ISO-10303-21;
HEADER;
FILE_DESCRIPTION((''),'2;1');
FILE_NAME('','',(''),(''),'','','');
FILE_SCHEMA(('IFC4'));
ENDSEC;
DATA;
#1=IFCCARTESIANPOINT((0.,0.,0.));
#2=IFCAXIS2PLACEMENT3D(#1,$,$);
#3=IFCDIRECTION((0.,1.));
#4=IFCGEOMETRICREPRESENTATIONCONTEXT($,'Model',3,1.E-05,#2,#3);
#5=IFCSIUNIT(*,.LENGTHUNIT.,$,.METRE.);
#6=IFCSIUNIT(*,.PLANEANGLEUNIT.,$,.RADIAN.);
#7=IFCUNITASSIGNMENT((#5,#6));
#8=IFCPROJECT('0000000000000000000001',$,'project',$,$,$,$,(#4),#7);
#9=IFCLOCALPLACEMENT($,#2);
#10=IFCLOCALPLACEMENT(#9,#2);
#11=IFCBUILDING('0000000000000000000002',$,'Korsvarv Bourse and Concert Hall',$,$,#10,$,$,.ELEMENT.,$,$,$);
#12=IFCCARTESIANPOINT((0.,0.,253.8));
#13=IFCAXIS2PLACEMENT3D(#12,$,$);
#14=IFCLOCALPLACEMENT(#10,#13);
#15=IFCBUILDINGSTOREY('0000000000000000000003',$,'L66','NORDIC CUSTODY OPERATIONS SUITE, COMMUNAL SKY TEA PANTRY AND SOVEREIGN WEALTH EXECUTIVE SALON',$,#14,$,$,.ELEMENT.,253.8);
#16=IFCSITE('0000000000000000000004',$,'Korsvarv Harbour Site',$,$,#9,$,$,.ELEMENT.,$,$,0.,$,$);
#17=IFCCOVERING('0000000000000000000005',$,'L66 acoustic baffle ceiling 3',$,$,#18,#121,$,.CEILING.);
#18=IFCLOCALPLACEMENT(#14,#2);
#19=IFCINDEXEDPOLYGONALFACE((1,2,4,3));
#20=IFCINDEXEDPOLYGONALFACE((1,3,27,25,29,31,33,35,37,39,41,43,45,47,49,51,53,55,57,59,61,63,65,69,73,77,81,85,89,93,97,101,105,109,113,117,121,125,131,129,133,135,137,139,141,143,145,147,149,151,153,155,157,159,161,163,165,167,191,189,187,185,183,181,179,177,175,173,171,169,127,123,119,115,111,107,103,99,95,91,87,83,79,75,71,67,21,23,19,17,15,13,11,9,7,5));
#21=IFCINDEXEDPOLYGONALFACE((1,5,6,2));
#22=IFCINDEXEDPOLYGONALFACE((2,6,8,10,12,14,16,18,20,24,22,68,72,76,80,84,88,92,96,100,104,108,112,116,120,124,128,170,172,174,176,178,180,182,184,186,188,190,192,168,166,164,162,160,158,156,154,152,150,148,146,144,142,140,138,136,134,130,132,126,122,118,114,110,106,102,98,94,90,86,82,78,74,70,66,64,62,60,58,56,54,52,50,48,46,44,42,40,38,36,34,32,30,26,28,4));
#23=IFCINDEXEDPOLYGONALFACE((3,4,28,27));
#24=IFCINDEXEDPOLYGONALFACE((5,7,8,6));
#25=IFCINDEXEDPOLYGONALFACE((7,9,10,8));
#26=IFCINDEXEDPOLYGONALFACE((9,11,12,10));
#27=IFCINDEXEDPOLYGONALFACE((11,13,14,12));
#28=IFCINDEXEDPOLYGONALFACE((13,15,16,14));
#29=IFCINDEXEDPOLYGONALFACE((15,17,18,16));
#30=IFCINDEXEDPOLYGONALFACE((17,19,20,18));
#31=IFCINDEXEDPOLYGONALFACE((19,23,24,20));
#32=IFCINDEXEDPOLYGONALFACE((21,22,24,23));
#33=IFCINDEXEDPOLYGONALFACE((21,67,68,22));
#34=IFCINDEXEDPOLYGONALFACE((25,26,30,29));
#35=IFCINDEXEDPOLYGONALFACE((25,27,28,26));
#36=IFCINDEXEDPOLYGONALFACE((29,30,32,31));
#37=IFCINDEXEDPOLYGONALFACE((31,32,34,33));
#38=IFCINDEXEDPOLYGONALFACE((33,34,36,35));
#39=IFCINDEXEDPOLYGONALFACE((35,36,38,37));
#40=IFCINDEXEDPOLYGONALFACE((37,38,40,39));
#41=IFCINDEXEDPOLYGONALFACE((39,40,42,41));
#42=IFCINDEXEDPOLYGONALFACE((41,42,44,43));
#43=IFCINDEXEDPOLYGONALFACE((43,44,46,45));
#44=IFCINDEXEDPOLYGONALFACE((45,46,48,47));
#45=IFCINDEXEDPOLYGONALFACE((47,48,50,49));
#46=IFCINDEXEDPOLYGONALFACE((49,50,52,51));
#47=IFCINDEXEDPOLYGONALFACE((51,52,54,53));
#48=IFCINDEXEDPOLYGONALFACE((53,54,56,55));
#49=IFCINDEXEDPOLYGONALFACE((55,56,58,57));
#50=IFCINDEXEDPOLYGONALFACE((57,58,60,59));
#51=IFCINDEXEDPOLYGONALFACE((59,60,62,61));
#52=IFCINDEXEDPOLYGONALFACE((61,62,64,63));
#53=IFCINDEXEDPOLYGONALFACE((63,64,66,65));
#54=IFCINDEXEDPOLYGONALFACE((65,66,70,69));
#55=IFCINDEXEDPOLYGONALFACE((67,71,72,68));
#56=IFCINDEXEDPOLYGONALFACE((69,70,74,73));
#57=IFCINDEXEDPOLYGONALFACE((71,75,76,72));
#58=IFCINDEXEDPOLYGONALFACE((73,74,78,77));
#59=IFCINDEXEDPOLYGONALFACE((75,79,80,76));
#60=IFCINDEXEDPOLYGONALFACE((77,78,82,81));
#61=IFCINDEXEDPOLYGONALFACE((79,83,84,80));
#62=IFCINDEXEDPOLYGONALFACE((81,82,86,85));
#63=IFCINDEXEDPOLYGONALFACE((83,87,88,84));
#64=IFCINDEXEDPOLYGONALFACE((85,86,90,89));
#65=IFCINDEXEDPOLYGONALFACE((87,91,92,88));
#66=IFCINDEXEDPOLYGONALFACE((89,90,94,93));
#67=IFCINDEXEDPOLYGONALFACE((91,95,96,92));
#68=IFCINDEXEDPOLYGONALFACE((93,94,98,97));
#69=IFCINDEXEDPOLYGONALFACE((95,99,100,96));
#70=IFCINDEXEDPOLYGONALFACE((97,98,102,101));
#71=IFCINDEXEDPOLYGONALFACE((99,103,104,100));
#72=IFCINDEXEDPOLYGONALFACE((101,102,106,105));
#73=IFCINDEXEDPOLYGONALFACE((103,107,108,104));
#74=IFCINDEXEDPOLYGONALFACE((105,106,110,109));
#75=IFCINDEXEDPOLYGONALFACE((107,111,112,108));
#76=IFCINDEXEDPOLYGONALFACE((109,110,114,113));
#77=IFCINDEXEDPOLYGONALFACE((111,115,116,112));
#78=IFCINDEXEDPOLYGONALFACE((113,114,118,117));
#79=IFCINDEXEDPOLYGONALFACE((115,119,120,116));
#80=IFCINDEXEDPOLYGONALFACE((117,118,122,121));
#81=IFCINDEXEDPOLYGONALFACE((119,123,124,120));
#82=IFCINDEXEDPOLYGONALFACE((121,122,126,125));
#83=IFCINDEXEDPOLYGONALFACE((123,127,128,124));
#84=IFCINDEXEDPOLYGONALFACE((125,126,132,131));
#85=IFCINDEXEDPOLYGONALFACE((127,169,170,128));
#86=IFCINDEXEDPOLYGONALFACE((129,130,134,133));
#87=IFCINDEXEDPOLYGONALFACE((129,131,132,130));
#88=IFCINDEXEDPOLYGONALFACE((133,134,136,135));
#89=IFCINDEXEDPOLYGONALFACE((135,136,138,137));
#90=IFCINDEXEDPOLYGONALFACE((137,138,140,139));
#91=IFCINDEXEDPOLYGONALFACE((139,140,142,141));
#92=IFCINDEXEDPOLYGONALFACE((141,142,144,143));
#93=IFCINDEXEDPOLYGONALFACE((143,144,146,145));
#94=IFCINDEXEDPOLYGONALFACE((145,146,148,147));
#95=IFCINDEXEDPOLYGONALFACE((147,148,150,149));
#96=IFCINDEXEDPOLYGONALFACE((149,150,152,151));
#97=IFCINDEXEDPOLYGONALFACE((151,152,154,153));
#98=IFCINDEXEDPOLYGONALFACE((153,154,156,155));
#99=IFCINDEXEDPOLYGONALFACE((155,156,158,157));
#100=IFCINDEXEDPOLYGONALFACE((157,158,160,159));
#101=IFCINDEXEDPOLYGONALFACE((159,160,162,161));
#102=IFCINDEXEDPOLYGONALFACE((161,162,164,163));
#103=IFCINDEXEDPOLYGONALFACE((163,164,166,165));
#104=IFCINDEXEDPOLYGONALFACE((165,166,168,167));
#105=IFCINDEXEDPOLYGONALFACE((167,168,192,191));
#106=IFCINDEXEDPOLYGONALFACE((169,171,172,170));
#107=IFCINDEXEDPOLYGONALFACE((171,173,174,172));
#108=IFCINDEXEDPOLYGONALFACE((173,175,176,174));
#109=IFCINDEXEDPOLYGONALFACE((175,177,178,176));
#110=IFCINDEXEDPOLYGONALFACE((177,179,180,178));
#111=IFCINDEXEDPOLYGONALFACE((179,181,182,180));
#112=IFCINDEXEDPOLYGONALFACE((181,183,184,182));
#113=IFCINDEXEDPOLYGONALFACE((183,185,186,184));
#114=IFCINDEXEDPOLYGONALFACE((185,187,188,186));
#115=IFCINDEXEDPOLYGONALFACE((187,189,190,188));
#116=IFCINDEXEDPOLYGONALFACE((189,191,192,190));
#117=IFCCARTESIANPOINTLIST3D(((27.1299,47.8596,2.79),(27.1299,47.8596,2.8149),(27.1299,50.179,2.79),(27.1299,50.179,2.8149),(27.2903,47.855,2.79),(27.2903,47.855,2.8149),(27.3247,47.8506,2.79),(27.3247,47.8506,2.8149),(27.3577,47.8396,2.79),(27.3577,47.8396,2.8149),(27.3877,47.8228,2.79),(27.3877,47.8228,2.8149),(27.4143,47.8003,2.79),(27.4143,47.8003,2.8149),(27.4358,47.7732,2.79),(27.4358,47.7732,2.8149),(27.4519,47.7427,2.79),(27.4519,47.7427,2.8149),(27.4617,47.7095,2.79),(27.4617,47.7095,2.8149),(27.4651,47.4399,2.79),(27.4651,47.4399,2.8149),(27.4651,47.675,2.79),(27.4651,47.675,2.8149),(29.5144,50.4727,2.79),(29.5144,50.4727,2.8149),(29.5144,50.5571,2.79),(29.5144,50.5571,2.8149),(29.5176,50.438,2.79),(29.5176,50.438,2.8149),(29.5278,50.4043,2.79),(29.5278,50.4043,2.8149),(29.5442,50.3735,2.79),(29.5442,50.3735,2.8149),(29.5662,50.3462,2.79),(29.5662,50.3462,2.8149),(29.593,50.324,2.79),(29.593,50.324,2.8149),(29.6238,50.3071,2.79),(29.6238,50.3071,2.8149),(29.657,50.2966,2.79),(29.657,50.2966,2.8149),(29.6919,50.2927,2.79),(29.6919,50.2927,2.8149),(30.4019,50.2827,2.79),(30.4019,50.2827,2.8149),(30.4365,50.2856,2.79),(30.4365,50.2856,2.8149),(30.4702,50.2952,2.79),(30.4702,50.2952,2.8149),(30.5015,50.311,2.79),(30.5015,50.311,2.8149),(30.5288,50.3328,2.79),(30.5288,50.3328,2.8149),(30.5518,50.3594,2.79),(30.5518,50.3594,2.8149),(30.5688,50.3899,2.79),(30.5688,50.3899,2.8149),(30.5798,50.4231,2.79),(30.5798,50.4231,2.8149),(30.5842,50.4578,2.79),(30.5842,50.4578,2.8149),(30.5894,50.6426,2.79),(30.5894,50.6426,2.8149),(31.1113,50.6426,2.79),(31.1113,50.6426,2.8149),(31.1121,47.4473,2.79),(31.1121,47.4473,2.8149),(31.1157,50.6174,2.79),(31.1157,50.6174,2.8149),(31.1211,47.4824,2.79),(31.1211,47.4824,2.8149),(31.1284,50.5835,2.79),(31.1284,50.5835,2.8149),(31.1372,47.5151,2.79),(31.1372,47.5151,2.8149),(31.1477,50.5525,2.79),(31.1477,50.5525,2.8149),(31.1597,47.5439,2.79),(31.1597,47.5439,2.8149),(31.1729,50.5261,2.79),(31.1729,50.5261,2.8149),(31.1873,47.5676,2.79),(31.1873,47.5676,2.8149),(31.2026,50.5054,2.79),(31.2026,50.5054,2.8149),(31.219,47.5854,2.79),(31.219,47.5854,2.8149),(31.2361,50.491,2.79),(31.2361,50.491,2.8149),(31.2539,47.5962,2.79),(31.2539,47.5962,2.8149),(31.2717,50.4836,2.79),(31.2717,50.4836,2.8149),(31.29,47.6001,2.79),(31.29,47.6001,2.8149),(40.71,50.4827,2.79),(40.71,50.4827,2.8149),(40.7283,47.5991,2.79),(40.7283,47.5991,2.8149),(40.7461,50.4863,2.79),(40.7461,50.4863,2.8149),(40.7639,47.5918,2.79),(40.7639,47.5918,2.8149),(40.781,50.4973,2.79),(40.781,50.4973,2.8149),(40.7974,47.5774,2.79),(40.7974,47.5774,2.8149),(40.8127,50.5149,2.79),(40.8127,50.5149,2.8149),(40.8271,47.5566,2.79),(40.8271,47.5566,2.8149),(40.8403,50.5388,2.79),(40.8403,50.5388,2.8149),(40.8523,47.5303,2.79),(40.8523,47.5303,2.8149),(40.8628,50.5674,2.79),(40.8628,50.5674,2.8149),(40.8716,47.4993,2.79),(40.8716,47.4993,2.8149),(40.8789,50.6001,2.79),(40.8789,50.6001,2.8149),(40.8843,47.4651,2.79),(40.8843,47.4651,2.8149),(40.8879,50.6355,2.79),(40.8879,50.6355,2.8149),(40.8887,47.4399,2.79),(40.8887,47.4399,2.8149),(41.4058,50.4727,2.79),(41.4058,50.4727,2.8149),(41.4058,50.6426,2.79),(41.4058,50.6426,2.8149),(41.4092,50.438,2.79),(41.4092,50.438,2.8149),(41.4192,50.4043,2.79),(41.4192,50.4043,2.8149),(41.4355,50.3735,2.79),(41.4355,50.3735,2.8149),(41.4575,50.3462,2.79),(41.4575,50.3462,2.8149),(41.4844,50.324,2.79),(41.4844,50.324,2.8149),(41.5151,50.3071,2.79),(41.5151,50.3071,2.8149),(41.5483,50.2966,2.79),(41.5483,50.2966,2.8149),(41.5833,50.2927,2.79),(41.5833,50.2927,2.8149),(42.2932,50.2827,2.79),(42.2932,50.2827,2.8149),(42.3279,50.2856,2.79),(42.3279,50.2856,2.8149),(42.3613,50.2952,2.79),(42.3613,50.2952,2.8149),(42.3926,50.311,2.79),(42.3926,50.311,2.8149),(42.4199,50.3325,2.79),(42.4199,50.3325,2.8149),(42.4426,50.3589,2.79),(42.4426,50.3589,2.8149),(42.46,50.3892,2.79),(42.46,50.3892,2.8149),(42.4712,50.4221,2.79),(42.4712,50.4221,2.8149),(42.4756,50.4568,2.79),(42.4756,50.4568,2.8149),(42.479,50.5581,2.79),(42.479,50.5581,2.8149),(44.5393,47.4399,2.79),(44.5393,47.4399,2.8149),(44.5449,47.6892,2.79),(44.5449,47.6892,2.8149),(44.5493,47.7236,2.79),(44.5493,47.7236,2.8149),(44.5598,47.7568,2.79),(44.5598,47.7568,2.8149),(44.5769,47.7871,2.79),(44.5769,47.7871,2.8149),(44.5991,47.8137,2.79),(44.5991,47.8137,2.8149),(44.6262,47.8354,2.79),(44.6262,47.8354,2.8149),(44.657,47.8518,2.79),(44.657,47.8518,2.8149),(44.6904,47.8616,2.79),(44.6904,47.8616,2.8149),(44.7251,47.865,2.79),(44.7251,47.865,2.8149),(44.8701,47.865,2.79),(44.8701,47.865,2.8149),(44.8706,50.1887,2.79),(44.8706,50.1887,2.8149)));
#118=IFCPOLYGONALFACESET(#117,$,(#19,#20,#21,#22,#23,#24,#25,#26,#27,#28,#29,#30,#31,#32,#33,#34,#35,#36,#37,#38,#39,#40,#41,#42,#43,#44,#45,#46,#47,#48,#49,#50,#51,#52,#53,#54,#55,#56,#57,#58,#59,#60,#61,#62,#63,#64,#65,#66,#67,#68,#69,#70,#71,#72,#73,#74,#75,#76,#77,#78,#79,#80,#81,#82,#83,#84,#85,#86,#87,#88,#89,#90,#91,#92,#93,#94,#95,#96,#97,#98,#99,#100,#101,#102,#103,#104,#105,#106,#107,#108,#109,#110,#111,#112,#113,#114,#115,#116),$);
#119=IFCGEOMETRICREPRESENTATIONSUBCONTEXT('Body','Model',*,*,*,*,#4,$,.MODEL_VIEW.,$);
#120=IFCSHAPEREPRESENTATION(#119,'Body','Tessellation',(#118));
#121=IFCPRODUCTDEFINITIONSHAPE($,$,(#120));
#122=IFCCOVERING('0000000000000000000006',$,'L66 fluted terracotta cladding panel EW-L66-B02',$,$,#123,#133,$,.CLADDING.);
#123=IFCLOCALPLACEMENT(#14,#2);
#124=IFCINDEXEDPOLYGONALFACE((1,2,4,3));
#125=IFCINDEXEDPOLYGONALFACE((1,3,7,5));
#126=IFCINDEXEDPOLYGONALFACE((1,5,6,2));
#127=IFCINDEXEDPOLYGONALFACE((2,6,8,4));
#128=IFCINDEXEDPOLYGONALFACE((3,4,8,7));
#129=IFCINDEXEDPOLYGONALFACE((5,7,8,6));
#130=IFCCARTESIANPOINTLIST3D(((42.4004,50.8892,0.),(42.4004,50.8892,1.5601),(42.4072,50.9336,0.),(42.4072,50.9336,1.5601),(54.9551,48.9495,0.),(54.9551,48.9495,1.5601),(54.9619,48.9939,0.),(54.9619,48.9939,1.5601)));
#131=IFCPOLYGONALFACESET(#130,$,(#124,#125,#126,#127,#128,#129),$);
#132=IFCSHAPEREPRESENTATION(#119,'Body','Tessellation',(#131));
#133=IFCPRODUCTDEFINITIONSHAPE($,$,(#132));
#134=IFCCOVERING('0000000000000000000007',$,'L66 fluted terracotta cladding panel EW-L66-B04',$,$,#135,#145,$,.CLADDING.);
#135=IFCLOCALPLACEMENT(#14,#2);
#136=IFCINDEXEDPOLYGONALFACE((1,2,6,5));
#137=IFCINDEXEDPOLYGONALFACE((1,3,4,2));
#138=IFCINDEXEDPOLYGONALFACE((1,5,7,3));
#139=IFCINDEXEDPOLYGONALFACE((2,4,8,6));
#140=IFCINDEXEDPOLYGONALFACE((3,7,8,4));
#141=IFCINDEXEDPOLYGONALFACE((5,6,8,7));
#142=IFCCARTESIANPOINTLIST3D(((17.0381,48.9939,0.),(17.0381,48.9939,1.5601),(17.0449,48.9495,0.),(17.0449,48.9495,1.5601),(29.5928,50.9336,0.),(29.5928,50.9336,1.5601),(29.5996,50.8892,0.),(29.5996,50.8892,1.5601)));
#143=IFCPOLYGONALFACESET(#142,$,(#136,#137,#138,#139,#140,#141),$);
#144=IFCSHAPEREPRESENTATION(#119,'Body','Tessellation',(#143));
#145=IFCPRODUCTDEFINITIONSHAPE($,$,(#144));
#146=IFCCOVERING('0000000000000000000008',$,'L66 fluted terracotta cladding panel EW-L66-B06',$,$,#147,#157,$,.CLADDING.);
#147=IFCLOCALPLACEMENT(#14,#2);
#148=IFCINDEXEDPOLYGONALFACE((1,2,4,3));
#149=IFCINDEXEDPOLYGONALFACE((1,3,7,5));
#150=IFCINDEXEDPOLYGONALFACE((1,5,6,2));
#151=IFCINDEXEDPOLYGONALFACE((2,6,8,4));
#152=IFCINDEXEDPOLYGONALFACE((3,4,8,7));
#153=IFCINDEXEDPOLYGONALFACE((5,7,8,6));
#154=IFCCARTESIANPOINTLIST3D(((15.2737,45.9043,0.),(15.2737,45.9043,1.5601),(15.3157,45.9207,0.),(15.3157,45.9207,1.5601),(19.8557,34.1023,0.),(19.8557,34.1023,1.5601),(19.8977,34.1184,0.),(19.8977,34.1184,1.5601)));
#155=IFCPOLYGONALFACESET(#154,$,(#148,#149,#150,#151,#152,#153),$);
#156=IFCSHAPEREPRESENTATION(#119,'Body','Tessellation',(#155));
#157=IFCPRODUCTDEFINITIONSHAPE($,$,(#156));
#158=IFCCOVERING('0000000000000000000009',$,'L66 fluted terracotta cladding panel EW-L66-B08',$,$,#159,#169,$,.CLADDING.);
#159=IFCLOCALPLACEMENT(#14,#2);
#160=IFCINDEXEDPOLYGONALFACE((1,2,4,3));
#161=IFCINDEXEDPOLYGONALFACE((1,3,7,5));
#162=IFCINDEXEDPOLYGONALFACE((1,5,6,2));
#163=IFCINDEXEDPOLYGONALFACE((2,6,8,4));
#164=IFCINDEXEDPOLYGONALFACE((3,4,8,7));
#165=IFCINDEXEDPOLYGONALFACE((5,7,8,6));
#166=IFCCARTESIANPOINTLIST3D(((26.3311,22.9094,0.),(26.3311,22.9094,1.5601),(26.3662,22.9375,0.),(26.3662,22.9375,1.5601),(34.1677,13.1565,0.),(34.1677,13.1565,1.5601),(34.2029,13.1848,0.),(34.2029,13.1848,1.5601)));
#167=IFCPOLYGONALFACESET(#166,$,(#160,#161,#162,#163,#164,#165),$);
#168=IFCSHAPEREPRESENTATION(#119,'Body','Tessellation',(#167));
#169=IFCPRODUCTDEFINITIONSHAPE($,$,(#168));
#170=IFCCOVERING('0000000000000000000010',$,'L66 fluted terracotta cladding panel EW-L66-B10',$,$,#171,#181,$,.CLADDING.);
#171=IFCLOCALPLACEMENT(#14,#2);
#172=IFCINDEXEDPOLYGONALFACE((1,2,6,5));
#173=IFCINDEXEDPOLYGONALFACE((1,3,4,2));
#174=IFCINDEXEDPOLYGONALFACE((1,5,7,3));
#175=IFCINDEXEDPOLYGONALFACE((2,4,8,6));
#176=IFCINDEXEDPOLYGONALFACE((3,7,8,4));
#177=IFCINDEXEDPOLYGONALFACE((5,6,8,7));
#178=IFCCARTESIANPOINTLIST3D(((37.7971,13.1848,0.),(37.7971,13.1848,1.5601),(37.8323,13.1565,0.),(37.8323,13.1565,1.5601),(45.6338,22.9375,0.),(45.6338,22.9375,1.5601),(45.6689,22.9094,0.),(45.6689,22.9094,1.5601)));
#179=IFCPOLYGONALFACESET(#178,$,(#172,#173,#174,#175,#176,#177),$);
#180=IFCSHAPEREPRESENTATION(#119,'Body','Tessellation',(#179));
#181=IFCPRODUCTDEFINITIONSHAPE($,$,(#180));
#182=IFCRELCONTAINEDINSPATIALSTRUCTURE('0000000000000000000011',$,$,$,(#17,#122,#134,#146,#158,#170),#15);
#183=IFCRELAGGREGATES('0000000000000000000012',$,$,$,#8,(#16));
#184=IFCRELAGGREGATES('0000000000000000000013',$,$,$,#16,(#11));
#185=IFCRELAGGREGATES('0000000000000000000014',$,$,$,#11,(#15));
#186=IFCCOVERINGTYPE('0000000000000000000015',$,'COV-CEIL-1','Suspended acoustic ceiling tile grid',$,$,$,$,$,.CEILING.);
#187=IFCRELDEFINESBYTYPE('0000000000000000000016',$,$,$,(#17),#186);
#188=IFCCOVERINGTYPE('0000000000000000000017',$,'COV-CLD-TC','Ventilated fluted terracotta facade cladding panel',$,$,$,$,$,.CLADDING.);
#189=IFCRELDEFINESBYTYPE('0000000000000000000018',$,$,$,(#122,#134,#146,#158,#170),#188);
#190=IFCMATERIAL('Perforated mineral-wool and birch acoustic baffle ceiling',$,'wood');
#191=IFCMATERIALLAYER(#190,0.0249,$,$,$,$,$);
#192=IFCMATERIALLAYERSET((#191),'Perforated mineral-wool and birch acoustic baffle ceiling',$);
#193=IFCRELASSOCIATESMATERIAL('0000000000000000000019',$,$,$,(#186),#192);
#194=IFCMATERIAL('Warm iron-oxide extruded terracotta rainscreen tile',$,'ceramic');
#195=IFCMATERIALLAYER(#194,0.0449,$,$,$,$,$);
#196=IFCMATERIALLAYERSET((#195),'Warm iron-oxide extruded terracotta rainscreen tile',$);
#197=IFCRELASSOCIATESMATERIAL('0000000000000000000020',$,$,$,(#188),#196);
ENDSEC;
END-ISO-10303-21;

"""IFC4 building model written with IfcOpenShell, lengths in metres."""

from ifc_helpers import new_model, si_unit, direction, frame, origin, place, context, subcontext, project, spatial, polyline, outline, extrude, material, layer, layer_set, type_object, element, save


model = new_model("IFC4")

# Units and contexts
model_context = context("Model", 3, precision=1e-05, world=origin(), true_north=direction((0.0, 1.0)))
body_context = subcontext(model_context, "Body", "Model", "MODEL_VIEW")
ifc_project = project(units=[si_unit("LENGTHUNIT", "METRE"), si_unit("PLANEANGLEUNIT", "RADIAN")], contexts=[model_context])

# Site, building, storey
site_placement = place(None, origin())
site = spatial("IfcSite", under=ifc_project, at=site_placement, Name="Korsvarv Harbour Site", CompositionType="ELEMENT", RefElevation=0.0)
building_placement = place(site_placement, origin())
building = spatial("IfcBuilding", under=site, at=building_placement, Name="Korsvarv Bourse and Concert Hall", CompositionType="ELEMENT")
storey_placement = place(building_placement, frame((0.0, 0.0, 253.8)))
storey = spatial("IfcBuildingStorey", under=building, at=storey_placement, Name="L66", Description="NORDIC CUSTODY OPERATIONS SUITE, COMMUNAL SKY TEA PANTRY AND SOVEREIGN WEALTH EXECUTIVE SALON", CompositionType="ELEMENT", Elevation=253.8)

# Coverings
ifc_material_1 = material(Name="Perforated mineral-wool and birch acoustic baffle ceiling", Category="wood")
ifc_layer_1 = layer(ifc_material_1, 0.0249)
ifc_layer_set_1 = layer_set([ifc_layer_1], Name="Perforated mineral-wool and birch acoustic baffle ceiling")
covering_type_1 = type_object("IfcCoveringType", Name="COV-CEIL-1", Description="Suspended acoustic ceiling tile grid", PredefinedType="CEILING", material=ifc_layer_set_1)
covering_1_placement = place(storey_placement, frame((0.0, 0.0, 2.79)))
element("IfcCovering", 1, at=covering_1_placement, inside=storey, type_object=covering_type_1, Name="L66 acoustic baffle ceiling 3", PredefinedType="CEILING", context=body_context, shape_type="SweptSolid", body=[
    extrude(outline(polyline([(29.5144, 50.5571), (29.5144, 50.4727), (29.5176, 50.438), (29.5278, 50.4043), (29.5442, 50.3735), (29.5662, 50.3462), (29.593, 50.324), (29.6238, 50.3071), (29.657, 50.2966), (29.6919, 50.2927), (30.4019, 50.2827), (30.4365, 50.2856), (30.4702, 50.2952), (30.5015, 50.311), (30.5288, 50.3328), (30.5518, 50.3594), (30.5688, 50.3899), (30.5798, 50.4231), (30.5842, 50.4578), (30.5894, 50.6426), (31.1113, 50.6426), (31.1157, 50.6174), (31.1284, 50.5835), (31.1477, 50.5525), (31.1729, 50.5261), (31.2026, 50.5054), (31.2361, 50.491), (31.2717, 50.4836), (40.71, 50.4827), (40.7461, 50.4863), (40.781, 50.4973), (40.8127, 50.5149), (40.8403, 50.5388), (40.8628, 50.5674), (40.8789, 50.6001), (40.8879, 50.6355), (41.4058, 50.6426), (41.4058, 50.4727), (41.4092, 50.438), (41.4192, 50.4043), (41.4355, 50.3735), (41.4575, 50.3462), (41.4844, 50.324), (41.5151, 50.3071), (41.5483, 50.2966), (41.5833, 50.2927), (42.2932, 50.2827), (42.3279, 50.2856), (42.3613, 50.2952), (42.3926, 50.311), (42.4199, 50.3325), (42.4426, 50.3589), (42.46, 50.3892), (42.4712, 50.4221), (42.4756, 50.4568), (42.479, 50.5581), (44.8706, 50.1887), (44.8701, 47.865), (44.7251, 47.865), (44.6904, 47.8616), (44.657, 47.8518), (44.6262, 47.8354), (44.5991, 47.8137), (44.5769, 47.7871), (44.5598, 47.7568), (44.5493, 47.7236), (44.5449, 47.6892), (44.5393, 47.4399), (40.8887, 47.4399), (40.8843, 47.4651), (40.8716, 47.4993), (40.8523, 47.5303), (40.8271, 47.5566), (40.7974, 47.5774), (40.7639, 47.5918), (40.7283, 47.5991), (31.29, 47.6001), (31.2539, 47.5962), (31.219, 47.5854), (31.1873, 47.5676), (31.1597, 47.5439), (31.1372, 47.5151), (31.1211, 47.4824), (31.1121, 47.4473), (27.4651, 47.4399), (27.4651, 47.675), (27.4617, 47.7095), (27.4519, 47.7427), (27.4358, 47.7732), (27.4143, 47.8003), (27.3877, 47.8228), (27.3577, 47.8396), (27.3247, 47.8506), (27.2903, 47.855), (27.1299, 47.8596), (27.1299, 50.179), (29.5144, 50.5571)])), origin(), (0.0, 0.0, 1.0), 0.0249),
])
ifc_material_2 = material(Name="Warm iron-oxide extruded terracotta rainscreen tile", Category="ceramic")
ifc_layer_2 = layer(ifc_material_2, 0.0449)
ifc_layer_set_2 = layer_set([ifc_layer_2], Name="Warm iron-oxide extruded terracotta rainscreen tile")
covering_type_2 = type_object("IfcCoveringType", Name="COV-CLD-TC", Description="Ventilated fluted terracotta facade cladding panel", PredefinedType="CLADDING", material=ifc_layer_set_2)
covering_2_placement = place(storey_placement, origin())
element("IfcCovering", 2, at=covering_2_placement, inside=storey, type_object=covering_type_2, Name="L66 fluted terracotta cladding panel EW-L66-B02", PredefinedType="CLADDING", context=body_context, shape_type="SweptSolid", body=[
    extrude(outline(polyline([(54.9551, 48.9495), (42.4004, 50.8892), (42.4072, 50.9336), (54.9619, 48.9939), (54.9551, 48.9495)])), origin(), (0.0, 0.0, 1.0), 1.5601),
])
covering_3_placement = place(storey_placement, origin())
element("IfcCovering", 3, at=covering_3_placement, inside=storey, type_object=covering_type_2, Name="L66 fluted terracotta cladding panel EW-L66-B04", PredefinedType="CLADDING", context=body_context, shape_type="SweptSolid", body=[
    extrude(outline(polyline([(29.5996, 50.8892), (17.0449, 48.9495), (17.0381, 48.9939), (29.5928, 50.9336), (29.5996, 50.8892)])), origin(), (0.0, 0.0, 1.0), 1.5601),
])
covering_4_placement = place(storey_placement, origin())
element("IfcCovering", 4, at=covering_4_placement, inside=storey, type_object=covering_type_2, Name="L66 fluted terracotta cladding panel EW-L66-B06", PredefinedType="CLADDING", context=body_context, shape_type="SweptSolid", body=[
    extrude(outline(polyline([(15.3157, 45.9207), (19.8977, 34.1184), (19.8557, 34.1023), (15.2737, 45.9043), (15.3157, 45.9207)])), origin(), (0.0, 0.0, 1.0), 1.5601),
])
covering_5_placement = place(storey_placement, origin())
element("IfcCovering", 5, at=covering_5_placement, inside=storey, type_object=covering_type_2, Name="L66 fluted terracotta cladding panel EW-L66-B08", PredefinedType="CLADDING", context=body_context, shape_type="SweptSolid", body=[
    extrude(outline(polyline([(26.3662, 22.9375), (34.2029, 13.1848), (34.1677, 13.1565), (26.3311, 22.9094), (26.3662, 22.9375)])), origin(), (0.0, 0.0, 1.0), 1.5601),
])
covering_6_placement = place(storey_placement, origin())
element("IfcCovering", 6, at=covering_6_placement, inside=storey, type_object=covering_type_2, Name="L66 fluted terracotta cladding panel EW-L66-B10", PredefinedType="CLADDING", context=body_context, shape_type="SweptSolid", body=[
    extrude(outline(polyline([(37.7971, 13.1848), (45.6338, 22.9375), (45.6689, 22.9094), (37.8323, 13.1565), (37.7971, 13.1848)])), origin(), (0.0, 0.0, 1.0), 1.5601),
])

save(model, "model.ifc")
